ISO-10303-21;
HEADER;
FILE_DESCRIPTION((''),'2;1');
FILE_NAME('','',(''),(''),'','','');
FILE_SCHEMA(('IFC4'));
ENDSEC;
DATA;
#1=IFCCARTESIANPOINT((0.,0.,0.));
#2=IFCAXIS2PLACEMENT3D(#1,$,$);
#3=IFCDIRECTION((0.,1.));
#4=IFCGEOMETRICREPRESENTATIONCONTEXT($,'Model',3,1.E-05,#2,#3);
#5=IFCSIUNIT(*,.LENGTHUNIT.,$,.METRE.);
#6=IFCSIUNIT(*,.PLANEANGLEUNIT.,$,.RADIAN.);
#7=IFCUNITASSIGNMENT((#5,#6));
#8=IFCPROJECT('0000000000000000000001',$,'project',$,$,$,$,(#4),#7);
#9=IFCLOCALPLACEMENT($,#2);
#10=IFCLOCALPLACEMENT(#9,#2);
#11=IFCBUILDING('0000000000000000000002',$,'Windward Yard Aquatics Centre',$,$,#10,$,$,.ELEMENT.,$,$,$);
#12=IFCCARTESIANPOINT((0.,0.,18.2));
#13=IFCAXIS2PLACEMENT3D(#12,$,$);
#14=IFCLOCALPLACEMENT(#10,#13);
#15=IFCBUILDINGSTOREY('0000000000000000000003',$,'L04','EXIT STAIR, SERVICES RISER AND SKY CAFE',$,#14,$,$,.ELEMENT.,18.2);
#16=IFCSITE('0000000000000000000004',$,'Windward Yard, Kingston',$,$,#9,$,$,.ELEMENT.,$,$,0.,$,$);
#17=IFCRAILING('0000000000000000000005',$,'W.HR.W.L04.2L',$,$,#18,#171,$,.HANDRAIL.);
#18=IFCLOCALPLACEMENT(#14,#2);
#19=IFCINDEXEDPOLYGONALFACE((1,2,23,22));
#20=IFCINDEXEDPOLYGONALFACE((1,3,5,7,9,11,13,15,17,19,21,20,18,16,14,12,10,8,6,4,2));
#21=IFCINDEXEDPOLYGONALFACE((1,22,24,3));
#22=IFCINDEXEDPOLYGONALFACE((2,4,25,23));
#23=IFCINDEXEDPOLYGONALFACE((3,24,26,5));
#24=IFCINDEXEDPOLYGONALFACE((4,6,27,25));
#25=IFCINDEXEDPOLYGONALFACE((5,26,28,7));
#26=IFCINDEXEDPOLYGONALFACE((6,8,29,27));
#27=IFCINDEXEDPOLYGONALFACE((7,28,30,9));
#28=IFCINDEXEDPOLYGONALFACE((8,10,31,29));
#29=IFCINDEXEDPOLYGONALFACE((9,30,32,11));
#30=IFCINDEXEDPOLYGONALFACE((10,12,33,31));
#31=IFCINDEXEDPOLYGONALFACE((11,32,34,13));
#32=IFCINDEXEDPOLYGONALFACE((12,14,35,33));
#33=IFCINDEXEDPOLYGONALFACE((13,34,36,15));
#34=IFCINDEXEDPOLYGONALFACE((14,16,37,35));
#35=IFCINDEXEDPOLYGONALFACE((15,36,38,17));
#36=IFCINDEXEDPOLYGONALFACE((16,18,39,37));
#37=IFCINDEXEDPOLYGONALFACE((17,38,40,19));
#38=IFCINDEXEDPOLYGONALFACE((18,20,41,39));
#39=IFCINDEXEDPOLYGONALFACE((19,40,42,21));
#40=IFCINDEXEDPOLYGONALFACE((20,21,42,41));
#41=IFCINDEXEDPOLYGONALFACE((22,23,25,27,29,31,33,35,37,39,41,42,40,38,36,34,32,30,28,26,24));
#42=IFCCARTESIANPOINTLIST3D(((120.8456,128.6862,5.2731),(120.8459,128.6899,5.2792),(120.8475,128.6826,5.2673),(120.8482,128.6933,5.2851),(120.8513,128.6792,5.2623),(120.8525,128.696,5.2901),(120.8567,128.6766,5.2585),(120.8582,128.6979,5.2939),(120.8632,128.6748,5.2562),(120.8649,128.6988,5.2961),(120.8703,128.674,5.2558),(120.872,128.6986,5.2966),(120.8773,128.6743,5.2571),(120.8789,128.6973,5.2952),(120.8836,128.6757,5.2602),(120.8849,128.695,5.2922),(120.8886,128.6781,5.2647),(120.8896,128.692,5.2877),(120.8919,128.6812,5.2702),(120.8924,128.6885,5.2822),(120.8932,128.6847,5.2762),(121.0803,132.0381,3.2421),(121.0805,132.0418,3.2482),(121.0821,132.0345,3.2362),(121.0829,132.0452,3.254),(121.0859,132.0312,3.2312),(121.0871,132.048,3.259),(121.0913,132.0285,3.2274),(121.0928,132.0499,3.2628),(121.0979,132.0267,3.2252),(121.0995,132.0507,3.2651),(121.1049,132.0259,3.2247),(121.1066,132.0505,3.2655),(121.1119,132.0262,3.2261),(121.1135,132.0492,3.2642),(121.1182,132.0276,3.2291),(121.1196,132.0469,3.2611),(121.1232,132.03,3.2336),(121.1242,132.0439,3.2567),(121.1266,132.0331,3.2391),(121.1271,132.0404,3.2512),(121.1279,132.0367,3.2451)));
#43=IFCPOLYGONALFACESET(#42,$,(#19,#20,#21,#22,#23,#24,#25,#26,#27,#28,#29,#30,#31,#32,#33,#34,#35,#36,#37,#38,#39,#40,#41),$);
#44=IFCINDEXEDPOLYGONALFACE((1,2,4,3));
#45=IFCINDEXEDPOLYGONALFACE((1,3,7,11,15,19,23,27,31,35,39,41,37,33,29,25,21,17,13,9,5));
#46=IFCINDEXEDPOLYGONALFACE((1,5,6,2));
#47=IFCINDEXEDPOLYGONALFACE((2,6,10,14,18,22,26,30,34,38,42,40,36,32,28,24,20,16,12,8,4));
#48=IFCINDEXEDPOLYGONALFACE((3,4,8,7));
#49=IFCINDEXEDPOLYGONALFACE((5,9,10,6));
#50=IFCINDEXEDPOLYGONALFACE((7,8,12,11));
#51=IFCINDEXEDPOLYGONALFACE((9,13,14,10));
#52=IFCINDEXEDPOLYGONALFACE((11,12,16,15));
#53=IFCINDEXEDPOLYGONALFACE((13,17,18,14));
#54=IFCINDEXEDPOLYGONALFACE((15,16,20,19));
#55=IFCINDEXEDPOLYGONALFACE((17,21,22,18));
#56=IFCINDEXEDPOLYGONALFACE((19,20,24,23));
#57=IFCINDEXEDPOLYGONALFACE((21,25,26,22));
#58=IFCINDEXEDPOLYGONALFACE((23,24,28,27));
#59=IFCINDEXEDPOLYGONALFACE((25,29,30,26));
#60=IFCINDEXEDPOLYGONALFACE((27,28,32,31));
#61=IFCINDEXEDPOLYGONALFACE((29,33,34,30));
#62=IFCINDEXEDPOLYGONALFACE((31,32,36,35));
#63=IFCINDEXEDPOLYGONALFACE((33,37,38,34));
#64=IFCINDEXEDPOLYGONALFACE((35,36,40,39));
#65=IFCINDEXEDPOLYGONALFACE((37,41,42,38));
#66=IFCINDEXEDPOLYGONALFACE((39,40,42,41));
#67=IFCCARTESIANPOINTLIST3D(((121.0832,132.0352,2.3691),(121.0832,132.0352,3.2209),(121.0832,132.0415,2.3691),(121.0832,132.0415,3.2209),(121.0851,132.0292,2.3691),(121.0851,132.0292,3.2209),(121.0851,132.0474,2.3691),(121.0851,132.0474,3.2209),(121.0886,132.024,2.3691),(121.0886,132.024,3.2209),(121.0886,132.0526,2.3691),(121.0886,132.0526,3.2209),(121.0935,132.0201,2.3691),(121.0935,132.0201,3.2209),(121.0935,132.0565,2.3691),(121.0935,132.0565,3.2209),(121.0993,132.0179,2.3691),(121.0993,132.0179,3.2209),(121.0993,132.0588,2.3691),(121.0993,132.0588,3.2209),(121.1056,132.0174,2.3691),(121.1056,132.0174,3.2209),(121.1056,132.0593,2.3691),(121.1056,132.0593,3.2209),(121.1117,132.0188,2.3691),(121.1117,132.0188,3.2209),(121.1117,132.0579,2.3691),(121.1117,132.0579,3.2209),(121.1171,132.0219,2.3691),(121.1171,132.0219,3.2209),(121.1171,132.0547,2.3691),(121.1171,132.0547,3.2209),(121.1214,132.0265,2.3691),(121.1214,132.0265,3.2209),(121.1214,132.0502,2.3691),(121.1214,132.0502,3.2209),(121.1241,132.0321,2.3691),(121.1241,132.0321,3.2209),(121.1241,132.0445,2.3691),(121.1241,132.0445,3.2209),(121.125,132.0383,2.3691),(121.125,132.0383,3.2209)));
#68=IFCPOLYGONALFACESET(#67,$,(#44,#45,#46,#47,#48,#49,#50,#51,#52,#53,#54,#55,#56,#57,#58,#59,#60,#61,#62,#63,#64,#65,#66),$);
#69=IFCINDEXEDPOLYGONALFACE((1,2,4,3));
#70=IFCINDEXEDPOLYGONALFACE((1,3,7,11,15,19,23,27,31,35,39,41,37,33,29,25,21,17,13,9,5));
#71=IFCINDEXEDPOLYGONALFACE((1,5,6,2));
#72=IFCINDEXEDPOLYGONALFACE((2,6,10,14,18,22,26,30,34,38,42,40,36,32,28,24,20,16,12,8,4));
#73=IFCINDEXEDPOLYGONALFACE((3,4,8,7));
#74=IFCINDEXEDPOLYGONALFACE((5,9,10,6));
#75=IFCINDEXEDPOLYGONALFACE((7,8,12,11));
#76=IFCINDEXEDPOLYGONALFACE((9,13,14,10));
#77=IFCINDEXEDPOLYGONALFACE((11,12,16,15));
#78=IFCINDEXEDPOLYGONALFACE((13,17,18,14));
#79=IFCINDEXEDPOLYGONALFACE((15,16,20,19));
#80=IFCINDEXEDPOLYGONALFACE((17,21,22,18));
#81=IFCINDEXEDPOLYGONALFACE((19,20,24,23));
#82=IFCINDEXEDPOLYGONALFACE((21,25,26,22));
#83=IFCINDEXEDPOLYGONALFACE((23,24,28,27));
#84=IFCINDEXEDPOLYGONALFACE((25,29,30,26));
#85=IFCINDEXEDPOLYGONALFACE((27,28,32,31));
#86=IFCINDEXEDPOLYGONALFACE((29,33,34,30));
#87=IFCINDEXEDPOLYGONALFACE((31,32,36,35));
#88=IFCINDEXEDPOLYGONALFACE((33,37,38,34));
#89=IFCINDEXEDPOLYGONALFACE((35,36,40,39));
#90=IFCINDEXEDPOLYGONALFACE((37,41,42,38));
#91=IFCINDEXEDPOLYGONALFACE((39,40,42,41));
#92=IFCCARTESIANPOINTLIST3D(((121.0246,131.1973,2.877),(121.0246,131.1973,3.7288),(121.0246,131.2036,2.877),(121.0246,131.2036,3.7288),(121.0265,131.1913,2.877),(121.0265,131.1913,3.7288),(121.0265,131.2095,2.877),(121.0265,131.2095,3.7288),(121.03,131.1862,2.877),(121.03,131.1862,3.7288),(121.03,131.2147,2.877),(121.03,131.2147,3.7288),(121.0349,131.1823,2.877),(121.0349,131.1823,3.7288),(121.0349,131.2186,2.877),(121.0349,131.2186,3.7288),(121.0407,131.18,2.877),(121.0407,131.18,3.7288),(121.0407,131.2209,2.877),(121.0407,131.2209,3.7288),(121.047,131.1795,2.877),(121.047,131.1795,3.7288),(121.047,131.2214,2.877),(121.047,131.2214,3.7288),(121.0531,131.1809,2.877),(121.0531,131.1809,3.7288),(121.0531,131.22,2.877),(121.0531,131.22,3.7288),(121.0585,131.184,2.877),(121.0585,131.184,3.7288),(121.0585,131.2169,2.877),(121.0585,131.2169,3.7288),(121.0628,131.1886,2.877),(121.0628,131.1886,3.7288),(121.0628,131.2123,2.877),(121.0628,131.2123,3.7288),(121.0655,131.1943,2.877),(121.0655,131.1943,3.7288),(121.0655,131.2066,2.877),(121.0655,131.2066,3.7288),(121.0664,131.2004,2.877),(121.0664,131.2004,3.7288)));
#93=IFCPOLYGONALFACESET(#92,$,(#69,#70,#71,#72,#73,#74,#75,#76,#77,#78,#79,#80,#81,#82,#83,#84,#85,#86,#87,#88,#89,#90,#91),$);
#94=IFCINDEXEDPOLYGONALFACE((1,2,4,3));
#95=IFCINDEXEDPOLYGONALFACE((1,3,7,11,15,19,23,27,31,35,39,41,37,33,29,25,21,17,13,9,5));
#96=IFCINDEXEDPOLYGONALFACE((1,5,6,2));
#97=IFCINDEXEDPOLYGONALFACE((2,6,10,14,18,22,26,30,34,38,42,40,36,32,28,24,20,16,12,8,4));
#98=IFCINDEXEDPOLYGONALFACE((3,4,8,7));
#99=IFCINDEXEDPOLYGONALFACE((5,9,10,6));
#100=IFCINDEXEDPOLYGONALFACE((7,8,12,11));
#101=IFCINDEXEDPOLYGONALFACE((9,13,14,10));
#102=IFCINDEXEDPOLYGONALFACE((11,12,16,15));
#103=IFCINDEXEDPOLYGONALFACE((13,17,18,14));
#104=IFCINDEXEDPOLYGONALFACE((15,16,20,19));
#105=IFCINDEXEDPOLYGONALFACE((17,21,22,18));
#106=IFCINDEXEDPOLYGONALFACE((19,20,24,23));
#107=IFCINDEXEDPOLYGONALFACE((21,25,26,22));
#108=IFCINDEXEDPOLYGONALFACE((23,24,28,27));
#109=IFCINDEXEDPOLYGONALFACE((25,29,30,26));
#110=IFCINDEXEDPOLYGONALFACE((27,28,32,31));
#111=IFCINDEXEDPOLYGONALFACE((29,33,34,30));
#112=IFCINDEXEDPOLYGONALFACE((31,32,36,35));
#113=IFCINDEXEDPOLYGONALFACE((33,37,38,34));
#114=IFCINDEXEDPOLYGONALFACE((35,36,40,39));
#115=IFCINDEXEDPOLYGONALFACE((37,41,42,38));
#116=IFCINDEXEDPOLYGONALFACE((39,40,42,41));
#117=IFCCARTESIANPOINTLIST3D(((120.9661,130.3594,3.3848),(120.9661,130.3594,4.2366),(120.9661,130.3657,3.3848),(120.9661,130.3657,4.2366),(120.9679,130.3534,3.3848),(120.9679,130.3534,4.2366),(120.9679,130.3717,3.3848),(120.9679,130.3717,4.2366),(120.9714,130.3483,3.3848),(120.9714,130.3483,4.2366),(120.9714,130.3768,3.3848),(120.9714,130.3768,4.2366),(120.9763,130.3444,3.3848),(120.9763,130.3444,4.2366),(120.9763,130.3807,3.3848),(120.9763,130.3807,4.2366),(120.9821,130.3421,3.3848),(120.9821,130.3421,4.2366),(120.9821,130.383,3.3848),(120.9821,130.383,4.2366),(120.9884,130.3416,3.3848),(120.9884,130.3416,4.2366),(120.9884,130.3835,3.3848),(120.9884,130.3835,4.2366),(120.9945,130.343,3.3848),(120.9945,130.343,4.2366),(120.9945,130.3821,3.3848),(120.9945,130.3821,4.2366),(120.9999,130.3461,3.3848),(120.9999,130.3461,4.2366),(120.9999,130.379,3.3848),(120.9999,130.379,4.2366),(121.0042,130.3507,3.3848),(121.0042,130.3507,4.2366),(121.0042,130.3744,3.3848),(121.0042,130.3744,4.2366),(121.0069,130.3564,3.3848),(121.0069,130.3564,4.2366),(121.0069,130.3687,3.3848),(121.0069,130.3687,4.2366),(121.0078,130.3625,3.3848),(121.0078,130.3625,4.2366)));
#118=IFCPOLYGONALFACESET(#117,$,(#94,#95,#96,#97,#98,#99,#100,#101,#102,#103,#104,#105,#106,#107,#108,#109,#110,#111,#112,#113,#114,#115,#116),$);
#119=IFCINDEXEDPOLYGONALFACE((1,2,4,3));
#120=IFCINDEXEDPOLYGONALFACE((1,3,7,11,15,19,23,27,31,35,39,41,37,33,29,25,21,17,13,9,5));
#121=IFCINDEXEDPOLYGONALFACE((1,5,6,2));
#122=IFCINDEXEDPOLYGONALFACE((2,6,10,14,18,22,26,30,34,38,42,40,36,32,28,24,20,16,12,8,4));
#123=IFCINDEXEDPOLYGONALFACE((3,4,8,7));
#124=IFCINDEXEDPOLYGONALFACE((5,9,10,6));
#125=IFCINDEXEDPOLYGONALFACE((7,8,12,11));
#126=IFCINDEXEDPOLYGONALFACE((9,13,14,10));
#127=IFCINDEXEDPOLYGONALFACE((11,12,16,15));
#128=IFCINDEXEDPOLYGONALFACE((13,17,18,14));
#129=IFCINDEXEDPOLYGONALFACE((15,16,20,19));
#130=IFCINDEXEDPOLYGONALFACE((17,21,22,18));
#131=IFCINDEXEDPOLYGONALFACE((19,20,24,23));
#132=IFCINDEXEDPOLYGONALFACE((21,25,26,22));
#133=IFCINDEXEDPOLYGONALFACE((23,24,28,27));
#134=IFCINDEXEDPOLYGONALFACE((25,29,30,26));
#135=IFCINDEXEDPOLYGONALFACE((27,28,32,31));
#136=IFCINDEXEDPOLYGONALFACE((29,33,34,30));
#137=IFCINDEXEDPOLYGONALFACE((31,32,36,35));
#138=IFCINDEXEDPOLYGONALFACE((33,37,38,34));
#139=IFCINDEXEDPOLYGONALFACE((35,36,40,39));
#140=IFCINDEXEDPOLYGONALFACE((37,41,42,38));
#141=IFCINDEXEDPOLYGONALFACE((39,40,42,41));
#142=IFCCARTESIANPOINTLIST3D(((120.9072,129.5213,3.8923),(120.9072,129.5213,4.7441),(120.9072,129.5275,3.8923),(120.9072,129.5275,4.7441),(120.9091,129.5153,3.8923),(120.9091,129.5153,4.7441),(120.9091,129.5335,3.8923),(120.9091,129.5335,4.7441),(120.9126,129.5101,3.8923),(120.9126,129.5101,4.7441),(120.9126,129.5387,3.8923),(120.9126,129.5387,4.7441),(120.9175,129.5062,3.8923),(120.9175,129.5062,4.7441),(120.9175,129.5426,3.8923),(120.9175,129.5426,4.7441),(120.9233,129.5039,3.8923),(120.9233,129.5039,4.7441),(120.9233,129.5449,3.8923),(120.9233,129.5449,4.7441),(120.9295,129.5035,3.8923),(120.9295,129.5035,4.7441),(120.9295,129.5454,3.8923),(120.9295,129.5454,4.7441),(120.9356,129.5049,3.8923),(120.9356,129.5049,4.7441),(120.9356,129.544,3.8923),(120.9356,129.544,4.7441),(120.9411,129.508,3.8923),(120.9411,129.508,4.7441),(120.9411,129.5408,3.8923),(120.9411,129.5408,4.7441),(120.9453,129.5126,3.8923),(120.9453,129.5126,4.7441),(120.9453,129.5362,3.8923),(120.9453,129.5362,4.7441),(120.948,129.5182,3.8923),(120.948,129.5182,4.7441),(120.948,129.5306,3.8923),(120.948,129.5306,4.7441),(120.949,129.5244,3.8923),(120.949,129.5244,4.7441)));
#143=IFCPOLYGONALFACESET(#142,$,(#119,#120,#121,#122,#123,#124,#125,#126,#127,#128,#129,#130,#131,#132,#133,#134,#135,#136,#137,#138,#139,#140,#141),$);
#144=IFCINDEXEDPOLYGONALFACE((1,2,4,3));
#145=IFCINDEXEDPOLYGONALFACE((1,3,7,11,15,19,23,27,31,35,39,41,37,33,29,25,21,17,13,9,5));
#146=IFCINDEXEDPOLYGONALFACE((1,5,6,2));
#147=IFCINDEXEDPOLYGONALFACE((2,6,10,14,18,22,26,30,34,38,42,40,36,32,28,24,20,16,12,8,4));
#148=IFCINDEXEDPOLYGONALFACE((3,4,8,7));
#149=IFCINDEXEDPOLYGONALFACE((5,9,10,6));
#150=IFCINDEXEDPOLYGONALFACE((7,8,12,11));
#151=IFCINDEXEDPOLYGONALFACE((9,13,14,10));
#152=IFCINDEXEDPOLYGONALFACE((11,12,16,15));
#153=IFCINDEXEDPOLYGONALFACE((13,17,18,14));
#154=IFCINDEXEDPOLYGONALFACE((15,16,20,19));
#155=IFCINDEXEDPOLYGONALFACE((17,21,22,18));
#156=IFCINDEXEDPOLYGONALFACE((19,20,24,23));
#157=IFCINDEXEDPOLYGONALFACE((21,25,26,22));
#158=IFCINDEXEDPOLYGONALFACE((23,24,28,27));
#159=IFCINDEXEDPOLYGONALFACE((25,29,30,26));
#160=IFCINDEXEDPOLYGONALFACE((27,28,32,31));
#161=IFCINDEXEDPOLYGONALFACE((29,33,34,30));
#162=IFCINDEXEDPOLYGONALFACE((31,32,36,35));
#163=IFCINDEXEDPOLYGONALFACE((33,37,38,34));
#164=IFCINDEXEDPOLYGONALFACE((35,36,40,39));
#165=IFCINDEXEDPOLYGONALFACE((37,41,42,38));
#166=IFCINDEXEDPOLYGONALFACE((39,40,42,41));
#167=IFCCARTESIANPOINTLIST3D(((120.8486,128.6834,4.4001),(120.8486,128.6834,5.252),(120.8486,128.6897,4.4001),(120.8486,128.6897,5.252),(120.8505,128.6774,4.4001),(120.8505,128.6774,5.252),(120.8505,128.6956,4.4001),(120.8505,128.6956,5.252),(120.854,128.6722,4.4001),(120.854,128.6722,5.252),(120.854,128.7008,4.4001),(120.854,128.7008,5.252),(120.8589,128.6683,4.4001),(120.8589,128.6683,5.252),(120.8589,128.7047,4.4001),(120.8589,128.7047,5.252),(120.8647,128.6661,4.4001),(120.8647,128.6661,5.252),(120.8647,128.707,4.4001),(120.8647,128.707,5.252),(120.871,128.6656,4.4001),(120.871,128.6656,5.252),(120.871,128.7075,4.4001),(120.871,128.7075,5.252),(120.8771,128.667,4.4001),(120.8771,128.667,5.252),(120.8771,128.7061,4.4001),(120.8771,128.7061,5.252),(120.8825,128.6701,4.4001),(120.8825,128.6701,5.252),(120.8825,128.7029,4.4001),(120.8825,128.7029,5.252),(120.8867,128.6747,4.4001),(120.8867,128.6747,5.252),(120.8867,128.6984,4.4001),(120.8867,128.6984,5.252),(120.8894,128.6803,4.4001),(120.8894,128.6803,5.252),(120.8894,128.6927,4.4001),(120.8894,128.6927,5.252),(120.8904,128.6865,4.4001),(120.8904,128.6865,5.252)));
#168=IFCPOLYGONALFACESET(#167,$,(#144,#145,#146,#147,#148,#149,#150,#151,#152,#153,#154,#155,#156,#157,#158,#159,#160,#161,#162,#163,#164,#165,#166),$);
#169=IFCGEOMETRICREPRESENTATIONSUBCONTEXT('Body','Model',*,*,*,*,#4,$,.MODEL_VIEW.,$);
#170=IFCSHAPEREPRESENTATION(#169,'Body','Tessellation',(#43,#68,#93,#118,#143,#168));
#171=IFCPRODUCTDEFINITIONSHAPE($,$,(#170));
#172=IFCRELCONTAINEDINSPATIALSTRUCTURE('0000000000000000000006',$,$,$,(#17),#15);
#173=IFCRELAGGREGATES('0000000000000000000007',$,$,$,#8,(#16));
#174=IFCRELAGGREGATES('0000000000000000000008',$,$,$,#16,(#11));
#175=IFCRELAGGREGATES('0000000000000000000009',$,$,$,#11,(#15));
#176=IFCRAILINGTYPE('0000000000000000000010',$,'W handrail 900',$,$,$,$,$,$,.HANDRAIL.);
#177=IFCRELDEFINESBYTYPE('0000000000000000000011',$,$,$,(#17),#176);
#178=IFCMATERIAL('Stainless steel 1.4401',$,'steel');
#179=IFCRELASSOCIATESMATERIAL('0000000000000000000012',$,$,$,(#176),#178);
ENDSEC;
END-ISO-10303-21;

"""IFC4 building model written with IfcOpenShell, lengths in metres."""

from ifc_helpers import new_model, si_unit, direction, frame, origin, origin_2d, place, context, subcontext, project, spatial, circle, extrude, material, type_object, element, save


model = new_model("IFC4")

# Units and contexts
model_context = context("Model", 3, precision=1e-05, world=origin(), true_north=direction((0.0, 1.0)))
body_context = subcontext(model_context, "Body", "Model", "MODEL_VIEW")
ifc_project = project(units=[si_unit("LENGTHUNIT", "METRE"), si_unit("PLANEANGLEUNIT", "RADIAN")], contexts=[model_context])

# Site, building, storey
site_placement = place(None, origin())
site = spatial("IfcSite", under=ifc_project, at=site_placement, Name="Windward Yard, Kingston", CompositionType="ELEMENT", RefElevation=0.0)
building_placement = place(site_placement, origin())
building = spatial("IfcBuilding", under=site, at=building_placement, Name="Windward Yard Aquatics Centre", CompositionType="ELEMENT")
storey_placement = place(building_placement, frame((0.0, 0.0, 18.2)))
storey = spatial("IfcBuildingStorey", under=building, at=storey_placement, Name="L04", Description="EXIT STAIR, SERVICES RISER AND SKY CAFE", CompositionType="ELEMENT", Elevation=18.2)

# Railing
ifc_material_1 = material(Name="Stainless steel 1.4401", Category="steel")
railing_type_1 = type_object("IfcRailingType", Name="W handrail 900", PredefinedType="HANDRAIL", material=ifc_material_1)
railing_1_placement = place(storey_placement, frame((121.104, 132.0383, 2.3691)))
element("IfcRailing", 1, at=railing_1_placement, inside=storey, type_object=railing_type_1, Name="W.HR.W.L04.2L", PredefinedType="HANDRAIL", context=body_context, shape_type="SweptSolid", body=[
    extrude(circle(Radius=0.0239, at=origin_2d()), frame((0.0, 0.0, 0.876), z_axis=(-0.059758, -0.853714, 0.517302), x_axis=(0.997559, -0.069827, 0.0)), (0.0, 0.0, 1.0), 3.9263),
    extrude(circle(Radius=0.021, at=origin_2d()), origin(), (0.0, 0.0, 1.0), 0.8518),
    extrude(circle(Radius=0.021, at=origin_2d()), frame((-0.0586, -0.8379, 0.5078)), (0.0, 0.0, 1.0), 0.8518),
    extrude(circle(Radius=0.021, at=origin_2d()), frame((-0.1172, -1.6758, 1.0156)), (0.0, 0.0, 1.0), 0.8518),
    extrude(circle(Radius=0.021, at=origin_2d()), frame((-0.176, -2.5139, 1.5232)), (0.0, 0.0, 1.0), 0.8518),
    extrude(circle(Radius=0.021, at=origin_2d()), frame((-0.2346, -3.3518, 2.031)), (0.0, 0.0, 1.0), 0.8518),
])

save(model, "model.ifc")
